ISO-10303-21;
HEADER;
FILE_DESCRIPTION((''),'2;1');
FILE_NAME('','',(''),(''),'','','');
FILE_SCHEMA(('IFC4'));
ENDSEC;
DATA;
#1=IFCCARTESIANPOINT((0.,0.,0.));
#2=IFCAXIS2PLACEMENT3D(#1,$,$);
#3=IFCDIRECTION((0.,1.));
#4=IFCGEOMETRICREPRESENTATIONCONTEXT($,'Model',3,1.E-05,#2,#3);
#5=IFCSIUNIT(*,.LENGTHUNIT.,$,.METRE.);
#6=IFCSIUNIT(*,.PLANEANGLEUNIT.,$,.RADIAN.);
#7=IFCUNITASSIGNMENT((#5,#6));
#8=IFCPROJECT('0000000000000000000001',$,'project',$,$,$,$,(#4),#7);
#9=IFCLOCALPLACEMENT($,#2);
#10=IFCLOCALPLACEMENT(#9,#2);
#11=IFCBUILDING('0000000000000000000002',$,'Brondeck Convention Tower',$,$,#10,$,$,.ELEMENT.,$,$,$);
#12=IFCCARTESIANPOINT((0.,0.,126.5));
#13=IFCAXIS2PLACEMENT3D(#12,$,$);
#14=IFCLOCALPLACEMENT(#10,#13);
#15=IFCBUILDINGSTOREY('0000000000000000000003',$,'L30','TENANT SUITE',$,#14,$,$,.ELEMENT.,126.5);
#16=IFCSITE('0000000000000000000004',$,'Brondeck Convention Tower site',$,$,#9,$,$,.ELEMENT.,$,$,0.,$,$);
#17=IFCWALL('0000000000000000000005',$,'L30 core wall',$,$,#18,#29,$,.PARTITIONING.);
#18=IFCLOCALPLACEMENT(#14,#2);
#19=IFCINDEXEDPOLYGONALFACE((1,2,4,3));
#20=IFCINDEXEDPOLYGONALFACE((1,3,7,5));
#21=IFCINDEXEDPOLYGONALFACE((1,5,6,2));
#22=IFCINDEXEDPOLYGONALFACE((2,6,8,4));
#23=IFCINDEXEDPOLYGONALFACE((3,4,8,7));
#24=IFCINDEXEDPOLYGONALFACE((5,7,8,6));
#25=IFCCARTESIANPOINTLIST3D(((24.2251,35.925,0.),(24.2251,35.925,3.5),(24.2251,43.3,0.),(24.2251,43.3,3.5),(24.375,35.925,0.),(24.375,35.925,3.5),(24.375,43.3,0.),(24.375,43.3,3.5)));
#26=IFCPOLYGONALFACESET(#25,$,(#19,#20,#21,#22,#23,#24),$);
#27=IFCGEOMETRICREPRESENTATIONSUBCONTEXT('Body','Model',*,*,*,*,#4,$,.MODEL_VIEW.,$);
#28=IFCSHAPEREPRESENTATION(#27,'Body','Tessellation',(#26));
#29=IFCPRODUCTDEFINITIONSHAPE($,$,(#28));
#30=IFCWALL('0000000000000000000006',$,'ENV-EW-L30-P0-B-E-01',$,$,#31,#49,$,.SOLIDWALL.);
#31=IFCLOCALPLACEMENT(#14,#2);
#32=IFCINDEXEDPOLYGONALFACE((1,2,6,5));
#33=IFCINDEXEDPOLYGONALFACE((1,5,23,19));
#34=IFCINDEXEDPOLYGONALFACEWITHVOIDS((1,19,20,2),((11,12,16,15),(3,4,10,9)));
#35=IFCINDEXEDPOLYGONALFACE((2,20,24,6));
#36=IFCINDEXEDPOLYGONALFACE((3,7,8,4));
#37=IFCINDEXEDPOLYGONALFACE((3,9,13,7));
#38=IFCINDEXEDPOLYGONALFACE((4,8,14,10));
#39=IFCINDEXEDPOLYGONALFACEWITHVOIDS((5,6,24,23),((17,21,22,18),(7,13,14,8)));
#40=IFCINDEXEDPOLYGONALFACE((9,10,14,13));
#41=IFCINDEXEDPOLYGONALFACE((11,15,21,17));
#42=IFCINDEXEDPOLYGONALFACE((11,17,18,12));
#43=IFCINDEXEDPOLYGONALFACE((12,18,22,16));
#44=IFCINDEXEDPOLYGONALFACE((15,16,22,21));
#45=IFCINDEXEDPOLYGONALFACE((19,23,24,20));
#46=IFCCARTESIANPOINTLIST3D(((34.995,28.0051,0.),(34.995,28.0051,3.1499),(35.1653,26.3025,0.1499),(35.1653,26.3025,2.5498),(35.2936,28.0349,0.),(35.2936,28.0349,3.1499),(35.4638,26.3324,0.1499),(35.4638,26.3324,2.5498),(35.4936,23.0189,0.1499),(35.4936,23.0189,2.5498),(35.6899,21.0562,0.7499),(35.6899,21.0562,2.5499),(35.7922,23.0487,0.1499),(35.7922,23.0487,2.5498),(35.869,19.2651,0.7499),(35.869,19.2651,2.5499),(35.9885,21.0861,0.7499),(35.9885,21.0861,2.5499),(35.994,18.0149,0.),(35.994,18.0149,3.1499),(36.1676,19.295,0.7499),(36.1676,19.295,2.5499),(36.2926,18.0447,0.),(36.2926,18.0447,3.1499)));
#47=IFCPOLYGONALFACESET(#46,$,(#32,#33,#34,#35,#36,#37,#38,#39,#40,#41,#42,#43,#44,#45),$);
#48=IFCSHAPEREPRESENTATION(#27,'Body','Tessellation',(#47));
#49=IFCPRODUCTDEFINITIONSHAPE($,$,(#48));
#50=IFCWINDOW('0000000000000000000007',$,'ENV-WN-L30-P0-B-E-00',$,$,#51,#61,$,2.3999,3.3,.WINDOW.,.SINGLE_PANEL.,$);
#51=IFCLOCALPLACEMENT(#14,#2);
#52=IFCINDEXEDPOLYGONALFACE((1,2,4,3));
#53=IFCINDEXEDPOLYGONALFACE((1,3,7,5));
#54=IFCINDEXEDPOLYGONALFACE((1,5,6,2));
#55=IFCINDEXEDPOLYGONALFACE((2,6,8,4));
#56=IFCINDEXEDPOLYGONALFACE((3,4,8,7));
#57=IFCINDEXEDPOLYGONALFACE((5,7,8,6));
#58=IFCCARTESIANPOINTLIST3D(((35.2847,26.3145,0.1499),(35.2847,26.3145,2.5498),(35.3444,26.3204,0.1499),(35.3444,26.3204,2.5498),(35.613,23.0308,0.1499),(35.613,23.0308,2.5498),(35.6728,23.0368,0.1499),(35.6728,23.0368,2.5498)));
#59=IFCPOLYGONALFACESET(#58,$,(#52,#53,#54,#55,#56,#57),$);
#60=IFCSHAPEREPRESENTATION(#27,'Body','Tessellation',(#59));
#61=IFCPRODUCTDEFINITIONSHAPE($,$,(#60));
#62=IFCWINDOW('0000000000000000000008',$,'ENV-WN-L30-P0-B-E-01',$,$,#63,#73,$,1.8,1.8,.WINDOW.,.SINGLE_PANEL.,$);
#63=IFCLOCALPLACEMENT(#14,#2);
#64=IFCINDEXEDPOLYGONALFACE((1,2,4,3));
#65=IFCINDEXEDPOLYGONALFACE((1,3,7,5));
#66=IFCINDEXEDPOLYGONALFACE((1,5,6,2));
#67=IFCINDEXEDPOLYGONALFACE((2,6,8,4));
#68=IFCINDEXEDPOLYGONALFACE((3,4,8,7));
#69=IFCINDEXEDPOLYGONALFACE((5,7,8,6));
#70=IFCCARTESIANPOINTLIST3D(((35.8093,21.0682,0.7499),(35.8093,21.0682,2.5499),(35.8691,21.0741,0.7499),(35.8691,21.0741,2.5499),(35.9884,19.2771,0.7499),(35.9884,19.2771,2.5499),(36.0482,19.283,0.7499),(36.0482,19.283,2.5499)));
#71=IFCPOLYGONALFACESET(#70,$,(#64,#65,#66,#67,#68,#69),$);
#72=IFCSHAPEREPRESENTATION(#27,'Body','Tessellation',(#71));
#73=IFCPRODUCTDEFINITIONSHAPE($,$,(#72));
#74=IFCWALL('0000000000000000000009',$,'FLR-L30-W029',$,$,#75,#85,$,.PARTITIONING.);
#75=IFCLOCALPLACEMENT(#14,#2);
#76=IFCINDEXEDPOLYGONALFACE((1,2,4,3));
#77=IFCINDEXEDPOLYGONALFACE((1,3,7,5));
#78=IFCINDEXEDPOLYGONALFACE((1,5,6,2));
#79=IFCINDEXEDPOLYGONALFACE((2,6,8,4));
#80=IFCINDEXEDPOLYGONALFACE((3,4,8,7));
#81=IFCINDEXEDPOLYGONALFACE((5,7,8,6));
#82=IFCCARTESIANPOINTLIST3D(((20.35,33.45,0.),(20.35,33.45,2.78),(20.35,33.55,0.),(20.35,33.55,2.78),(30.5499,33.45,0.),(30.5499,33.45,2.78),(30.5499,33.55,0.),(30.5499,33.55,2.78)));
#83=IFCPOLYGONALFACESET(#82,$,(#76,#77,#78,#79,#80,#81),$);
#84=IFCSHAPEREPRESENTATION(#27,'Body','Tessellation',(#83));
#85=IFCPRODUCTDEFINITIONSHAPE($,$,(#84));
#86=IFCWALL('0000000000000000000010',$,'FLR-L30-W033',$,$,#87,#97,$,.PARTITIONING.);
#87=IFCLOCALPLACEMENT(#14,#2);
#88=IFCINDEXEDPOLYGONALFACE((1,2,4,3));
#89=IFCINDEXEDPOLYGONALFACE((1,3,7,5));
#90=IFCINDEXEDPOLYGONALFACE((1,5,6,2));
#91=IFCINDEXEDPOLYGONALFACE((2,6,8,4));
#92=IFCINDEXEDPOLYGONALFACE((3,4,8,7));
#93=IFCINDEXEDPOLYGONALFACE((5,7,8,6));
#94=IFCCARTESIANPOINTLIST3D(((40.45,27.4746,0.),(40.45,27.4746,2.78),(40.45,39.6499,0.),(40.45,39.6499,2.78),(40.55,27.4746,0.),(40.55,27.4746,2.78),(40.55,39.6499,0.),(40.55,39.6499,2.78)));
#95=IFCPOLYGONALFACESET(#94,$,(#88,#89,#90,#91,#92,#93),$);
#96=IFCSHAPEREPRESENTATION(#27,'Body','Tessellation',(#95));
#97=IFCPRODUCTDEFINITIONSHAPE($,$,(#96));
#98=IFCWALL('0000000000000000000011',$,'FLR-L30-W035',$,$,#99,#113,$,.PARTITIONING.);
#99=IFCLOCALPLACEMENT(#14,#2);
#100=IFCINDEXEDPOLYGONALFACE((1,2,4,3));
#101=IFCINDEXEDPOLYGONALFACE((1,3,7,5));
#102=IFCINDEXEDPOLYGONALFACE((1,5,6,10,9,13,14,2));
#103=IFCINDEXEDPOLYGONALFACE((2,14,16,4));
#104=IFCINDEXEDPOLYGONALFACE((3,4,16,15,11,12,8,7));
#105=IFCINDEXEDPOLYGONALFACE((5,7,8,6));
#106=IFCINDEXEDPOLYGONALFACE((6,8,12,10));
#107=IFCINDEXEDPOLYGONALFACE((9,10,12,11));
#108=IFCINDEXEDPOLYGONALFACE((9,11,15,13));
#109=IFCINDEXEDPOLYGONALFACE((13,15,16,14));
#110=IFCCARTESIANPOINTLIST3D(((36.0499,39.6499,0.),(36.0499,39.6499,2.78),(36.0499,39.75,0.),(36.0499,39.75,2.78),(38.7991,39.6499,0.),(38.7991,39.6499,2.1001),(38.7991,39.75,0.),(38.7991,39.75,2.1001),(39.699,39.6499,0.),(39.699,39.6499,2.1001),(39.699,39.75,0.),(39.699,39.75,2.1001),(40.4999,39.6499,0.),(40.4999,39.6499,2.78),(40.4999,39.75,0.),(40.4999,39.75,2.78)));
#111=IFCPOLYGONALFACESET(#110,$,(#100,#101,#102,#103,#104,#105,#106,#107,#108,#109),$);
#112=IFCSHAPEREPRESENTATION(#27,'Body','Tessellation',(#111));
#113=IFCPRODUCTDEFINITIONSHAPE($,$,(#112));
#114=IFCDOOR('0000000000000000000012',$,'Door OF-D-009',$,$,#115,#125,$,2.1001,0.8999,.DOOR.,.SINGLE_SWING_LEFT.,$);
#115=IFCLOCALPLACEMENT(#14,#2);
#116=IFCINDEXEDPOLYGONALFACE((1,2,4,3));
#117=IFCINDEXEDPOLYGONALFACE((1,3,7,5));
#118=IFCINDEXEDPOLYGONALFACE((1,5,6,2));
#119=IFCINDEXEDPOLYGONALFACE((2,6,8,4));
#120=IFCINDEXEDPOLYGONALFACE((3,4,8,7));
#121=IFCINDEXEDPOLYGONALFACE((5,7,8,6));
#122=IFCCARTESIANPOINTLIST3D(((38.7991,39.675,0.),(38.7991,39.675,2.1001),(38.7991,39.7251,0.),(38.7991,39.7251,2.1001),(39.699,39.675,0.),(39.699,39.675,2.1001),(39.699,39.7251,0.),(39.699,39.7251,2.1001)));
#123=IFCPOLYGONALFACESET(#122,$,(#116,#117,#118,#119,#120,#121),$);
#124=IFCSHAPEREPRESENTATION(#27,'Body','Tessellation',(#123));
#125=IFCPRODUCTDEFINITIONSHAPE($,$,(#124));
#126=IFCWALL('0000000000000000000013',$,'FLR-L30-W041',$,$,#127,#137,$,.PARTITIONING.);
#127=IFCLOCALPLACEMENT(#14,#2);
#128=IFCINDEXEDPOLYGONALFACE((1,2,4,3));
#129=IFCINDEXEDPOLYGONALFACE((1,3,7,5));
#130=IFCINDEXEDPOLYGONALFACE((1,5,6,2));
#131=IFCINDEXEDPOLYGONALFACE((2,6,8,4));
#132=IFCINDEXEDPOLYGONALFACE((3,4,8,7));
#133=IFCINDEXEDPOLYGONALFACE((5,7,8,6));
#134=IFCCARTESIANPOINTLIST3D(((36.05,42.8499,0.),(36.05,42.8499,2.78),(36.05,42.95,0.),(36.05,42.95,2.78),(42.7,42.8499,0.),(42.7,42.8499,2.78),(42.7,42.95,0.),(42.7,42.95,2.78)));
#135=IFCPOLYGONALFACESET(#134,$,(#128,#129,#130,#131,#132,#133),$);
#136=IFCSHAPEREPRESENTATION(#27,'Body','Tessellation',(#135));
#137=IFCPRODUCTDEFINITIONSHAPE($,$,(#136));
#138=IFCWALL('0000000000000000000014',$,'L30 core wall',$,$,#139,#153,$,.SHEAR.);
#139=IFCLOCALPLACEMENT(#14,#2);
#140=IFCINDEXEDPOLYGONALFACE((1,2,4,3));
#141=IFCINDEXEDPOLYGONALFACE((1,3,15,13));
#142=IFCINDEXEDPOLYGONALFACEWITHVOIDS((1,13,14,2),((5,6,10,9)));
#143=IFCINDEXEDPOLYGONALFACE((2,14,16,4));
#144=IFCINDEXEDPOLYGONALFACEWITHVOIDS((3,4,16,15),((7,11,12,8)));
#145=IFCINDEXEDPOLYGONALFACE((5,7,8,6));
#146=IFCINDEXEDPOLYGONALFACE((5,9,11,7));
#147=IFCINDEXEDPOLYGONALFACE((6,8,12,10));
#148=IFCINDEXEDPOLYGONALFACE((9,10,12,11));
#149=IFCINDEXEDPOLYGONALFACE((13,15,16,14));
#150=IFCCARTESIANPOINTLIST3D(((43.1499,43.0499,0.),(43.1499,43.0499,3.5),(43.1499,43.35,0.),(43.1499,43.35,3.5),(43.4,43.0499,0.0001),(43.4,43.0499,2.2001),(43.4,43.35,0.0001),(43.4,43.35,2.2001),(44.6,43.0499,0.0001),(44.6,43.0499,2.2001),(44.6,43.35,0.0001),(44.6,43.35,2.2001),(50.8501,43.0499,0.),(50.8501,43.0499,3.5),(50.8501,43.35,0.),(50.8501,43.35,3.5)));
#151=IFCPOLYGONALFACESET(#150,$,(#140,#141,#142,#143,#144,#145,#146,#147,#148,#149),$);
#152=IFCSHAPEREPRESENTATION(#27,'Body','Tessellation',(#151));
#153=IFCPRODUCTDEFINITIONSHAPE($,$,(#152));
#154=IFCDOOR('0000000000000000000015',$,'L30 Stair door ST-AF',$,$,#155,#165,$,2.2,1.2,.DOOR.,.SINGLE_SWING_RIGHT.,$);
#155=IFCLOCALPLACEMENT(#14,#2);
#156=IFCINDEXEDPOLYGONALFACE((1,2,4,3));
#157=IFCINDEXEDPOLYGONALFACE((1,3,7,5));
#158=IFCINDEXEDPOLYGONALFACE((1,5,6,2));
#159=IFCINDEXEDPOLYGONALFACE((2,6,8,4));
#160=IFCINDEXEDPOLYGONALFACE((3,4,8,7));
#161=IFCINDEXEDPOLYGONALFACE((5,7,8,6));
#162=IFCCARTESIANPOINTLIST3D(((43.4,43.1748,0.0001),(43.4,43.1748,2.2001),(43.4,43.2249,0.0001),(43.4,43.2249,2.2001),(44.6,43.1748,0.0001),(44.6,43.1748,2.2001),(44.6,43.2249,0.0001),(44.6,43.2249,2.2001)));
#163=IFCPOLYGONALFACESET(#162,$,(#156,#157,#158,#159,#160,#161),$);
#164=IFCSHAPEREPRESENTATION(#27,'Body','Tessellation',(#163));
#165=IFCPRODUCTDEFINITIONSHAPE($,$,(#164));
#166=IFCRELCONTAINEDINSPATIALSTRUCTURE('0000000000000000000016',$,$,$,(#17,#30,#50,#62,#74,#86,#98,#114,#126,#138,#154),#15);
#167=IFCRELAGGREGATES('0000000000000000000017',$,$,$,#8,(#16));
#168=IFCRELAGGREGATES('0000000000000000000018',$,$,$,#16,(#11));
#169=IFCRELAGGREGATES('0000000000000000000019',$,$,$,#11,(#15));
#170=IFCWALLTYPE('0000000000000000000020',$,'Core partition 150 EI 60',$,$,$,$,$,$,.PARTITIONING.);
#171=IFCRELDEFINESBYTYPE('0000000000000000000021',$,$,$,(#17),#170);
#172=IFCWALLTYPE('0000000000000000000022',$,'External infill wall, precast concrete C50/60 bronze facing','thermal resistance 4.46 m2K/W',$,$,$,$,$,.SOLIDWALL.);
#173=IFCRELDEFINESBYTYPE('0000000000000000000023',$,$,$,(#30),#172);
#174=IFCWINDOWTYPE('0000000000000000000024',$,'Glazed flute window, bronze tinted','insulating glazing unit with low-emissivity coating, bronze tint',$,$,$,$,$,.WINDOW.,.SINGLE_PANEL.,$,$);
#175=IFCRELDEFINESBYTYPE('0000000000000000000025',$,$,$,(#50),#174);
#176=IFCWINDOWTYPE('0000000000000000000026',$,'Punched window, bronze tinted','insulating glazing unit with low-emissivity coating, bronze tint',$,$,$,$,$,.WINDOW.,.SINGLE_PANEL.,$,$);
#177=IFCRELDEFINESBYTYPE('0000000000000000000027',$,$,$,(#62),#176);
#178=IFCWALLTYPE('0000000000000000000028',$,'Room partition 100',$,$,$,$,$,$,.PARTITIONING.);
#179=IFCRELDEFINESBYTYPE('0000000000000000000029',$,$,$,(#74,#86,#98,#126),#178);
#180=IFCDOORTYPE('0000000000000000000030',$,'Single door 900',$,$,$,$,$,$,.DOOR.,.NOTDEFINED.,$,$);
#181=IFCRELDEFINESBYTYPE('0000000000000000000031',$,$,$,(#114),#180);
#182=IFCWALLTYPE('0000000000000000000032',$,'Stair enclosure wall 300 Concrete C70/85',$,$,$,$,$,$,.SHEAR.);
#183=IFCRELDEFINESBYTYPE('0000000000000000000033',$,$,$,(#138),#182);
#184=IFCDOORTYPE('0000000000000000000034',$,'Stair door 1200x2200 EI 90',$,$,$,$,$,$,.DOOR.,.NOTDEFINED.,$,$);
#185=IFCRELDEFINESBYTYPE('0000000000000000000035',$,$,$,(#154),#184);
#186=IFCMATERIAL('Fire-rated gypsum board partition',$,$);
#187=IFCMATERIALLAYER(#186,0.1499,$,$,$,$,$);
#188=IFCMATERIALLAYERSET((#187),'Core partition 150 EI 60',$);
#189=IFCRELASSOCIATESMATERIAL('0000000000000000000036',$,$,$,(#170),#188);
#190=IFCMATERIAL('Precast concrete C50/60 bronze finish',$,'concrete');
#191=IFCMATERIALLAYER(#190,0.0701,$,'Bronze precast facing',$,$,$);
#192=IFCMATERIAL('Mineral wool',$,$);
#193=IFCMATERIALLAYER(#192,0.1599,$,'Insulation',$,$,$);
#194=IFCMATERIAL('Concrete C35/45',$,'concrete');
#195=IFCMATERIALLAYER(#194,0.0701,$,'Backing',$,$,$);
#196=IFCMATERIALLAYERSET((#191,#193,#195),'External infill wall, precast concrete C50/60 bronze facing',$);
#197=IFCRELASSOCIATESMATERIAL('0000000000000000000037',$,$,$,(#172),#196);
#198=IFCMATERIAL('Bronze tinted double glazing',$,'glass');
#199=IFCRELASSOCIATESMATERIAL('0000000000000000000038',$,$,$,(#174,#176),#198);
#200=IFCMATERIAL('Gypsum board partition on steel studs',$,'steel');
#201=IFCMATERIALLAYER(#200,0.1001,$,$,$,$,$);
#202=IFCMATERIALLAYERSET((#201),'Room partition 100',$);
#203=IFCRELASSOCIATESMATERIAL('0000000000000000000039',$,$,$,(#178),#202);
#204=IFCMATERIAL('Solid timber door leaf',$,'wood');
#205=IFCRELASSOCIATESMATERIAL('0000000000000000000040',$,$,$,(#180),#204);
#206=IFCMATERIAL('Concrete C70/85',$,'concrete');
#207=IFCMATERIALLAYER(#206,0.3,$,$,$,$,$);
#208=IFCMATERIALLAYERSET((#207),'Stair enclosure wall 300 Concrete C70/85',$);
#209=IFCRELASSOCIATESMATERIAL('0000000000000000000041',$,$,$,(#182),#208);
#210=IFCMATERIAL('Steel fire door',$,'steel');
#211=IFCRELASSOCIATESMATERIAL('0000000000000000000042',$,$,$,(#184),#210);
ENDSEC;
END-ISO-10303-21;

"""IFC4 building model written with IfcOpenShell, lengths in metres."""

from ifc_helpers import new_model, si_unit, direction, frame, frame_2d, origin, place, context, subcontext, project, spatial, rectangle, extrude, material, layer, layer_set, type_object, element, fill, save


model = new_model("IFC4")

# Units and contexts
model_context = context("Model", 3, precision=1e-05, world=origin(), true_north=direction((0.0, 1.0)))
body_context = subcontext(model_context, "Body", "Model", "MODEL_VIEW")
ifc_project = project(units=[si_unit("LENGTHUNIT", "METRE"), si_unit("PLANEANGLEUNIT", "RADIAN")], contexts=[model_context])

# Site, building, storey
site_placement = place(None, origin())
site = spatial("IfcSite", under=ifc_project, at=site_placement, Name="Brondeck Convention Tower site", CompositionType="ELEMENT", RefElevation=0.0)
building_placement = place(site_placement, origin())
building = spatial("IfcBuilding", under=site, at=building_placement, Name="Brondeck Convention Tower", CompositionType="ELEMENT")
storey_placement = place(building_placement, frame((0.0, 0.0, 126.5)))
storey = spatial("IfcBuildingStorey", under=building, at=storey_placement, Name="L30", Description="TENANT SUITE", CompositionType="ELEMENT", Elevation=126.5)

# Shared definitions
ifc_material_1 = material(Name="Concrete C70/85", Category="concrete")

# Wall
ifc_material_2 = material(Name="Fire-rated gypsum board partition")
ifc_layer_1 = layer(ifc_material_2, 0.1499)
ifc_layer_set_1 = layer_set([ifc_layer_1], Name="Core partition 150 EI 60")
wall_type_1 = type_object("IfcWallType", Name="Core partition 150 EI 60", PredefinedType="PARTITIONING", material=ifc_layer_set_1)
wall_1_placement = place(storey_placement, frame((24.3, 35.925, 0.0), z_axis=(0.0, 0.0, 1.0), x_axis=(0.0, 1.0, 0.0)))
element("IfcWall", 1, at=wall_1_placement, inside=storey, type_object=wall_type_1, Name="L30 core wall", PredefinedType="PARTITIONING", context=body_context, shape_type="SweptSolid", body=[
    extrude(rectangle(XDim=7.375, YDim=0.1499, at=frame_2d((3.6875, 0.0))), origin(), (0.0, 0.0, 1.0), 3.5),
])

# Wall, openings, windows
ifc_material_3 = material(Name="Precast concrete C50/60 bronze finish", Category="concrete")
ifc_layer_2 = layer(ifc_material_3, 0.0701, Name="Bronze precast facing")
ifc_material_4 = material(Name="Mineral wool")
ifc_layer_3 = layer(ifc_material_4, 0.1599, Name="Insulation")
ifc_material_5 = material(Name="Concrete C35/45", Category="concrete")
ifc_layer_4 = layer(ifc_material_5, 0.0701, Name="Backing")
ifc_layer_set_2 = layer_set([ifc_layer_2, ifc_layer_3, ifc_layer_4], Name="External infill wall, precast concrete C50/60 bronze facing")
wall_type_2 = type_object("IfcWallType", Name="External infill wall, precast concrete C50/60 bronze facing", Description="thermal resistance 4.46 m2K/W", PredefinedType="SOLIDWALL", material=ifc_layer_set_2)
wall_2_placement = place(storey_placement, frame((35.1443, 28.02, 0.0), z_axis=(0.0, 0.0, 1.0), x_axis=(0.099504, -0.995037, 0.0)))
wall_2 = element("IfcWall", 2, at=wall_2_placement, inside=storey, type_object=wall_type_2, Name="ENV-EW-L30-P0-B-E-01", PredefinedType="SOLIDWALL", context=body_context, shape_type="SweptSolid", body=[
    extrude(rectangle(XDim=10.04, YDim=0.3, at=frame_2d((5.02, 0.0))), origin(), (0.0, 0.0, 1.0), 3.1499),
])
opening_1_placement = place(wall_2_placement, frame((1.7112, 0.0, 0.1499)))
opening_1 = element("IfcOpeningElement", 3, at=opening_1_placement, cuts=wall_2, PredefinedType="OPENING", context=body_context, shape_type="SweptSolid", body=[
    extrude(rectangle(XDim=3.3, YDim=2.3999, at=frame_2d((1.6499, 1.2))), frame((0.0, 0.1599, 0.0), z_axis=(0.0, -1.0, 0.0), x_axis=(1.0, 0.0, 0.0)), (0.0, 0.0, 1.0), 0.3201),
])
opening_2_placement = place(wall_2_placement, frame((6.9836, 0.0, 0.75)))
opening_2 = element("IfcOpeningElement", 4, at=opening_2_placement, cuts=wall_2, PredefinedType="OPENING", context=body_context, shape_type="SweptSolid", body=[
    extrude(rectangle(XDim=1.8, YDim=1.8, at=frame_2d((0.8999, 0.8999))), frame((0.0, 0.1599, 0.0), z_axis=(0.0, -1.0, 0.0), x_axis=(1.0, 0.0, 0.0)), (0.0, 0.0, 1.0), 0.3201),
])
ifc_material_6 = material(Name="Bronze tinted double glazing", Category="glass")
window_type_1 = type_object("IfcWindowType", Name="Glazed flute window, bronze tinted", Description="insulating glazing unit with low-emissivity coating, bronze tint", PartitioningType="SINGLE_PANEL", PredefinedType="WINDOW", material=ifc_material_6)
window_1_placement = place(opening_1_placement, origin())
window_1 = element("IfcWindow", 5, at=window_1_placement, inside=storey, type_object=window_type_1, Name="ENV-WN-L30-P0-B-E-00", OverallHeight=2.3999, OverallWidth=3.3, PartitioningType="SINGLE_PANEL", PredefinedType="WINDOW", context=body_context, shape_type="SweptSolid", body=[
    extrude(rectangle(XDim=3.3, YDim=2.3999, at=frame_2d((1.6499, 1.2))), frame((0.0, 0.03, 0.0), z_axis=(0.0, -1.0, 0.0), x_axis=(1.0, 0.0, 0.0)), (0.0, 0.0, 1.0), 0.0601),
])
fill(opening_1, window_1)
window_type_2 = type_object("IfcWindowType", Name="Punched window, bronze tinted", Description="insulating glazing unit with low-emissivity coating, bronze tint", PartitioningType="SINGLE_PANEL", PredefinedType="WINDOW", material=ifc_material_6)
window_2_placement = place(opening_2_placement, origin())
window_2 = element("IfcWindow", 6, at=window_2_placement, inside=storey, type_object=window_type_2, Name="ENV-WN-L30-P0-B-E-01", OverallHeight=1.8, OverallWidth=1.8, PartitioningType="SINGLE_PANEL", PredefinedType="WINDOW", context=body_context, shape_type="SweptSolid", body=[
    extrude(rectangle(XDim=1.8, YDim=1.8, at=frame_2d((0.8999, 0.8999))), frame((0.0, 0.03, 0.0), z_axis=(0.0, -1.0, 0.0), x_axis=(1.0, 0.0, 0.0)), (0.0, 0.0, 1.0), 0.0601),
])
fill(opening_2, window_2)

# Walls
ifc_material_7 = material(Name="Gypsum board partition on steel studs", Category="steel")
ifc_layer_5 = layer(ifc_material_7, 0.1001)
ifc_layer_set_3 = layer_set([ifc_layer_5], Name="Room partition 100")
wall_type_3 = type_object("IfcWallType", Name="Room partition 100", PredefinedType="PARTITIONING", material=ifc_layer_set_3)
wall_3_placement = place(storey_placement, frame((30.55, 33.5, 0.0), z_axis=(0.0, 0.0, 1.0), x_axis=(-1.0, 0.0, 0.0)))
element("IfcWall", 7, at=wall_3_placement, inside=storey, type_object=wall_type_3, Name="FLR-L30-W029", PredefinedType="PARTITIONING", context=body_context, shape_type="SweptSolid", body=[
    extrude(rectangle(XDim=10.2, YDim=0.1001, at=frame_2d((5.1001, 0.0))), origin(), (0.0, 0.0, 1.0), 2.78),
])
wall_4_placement = place(storey_placement, frame((40.5, 39.6499, 0.0), z_axis=(0.0, 0.0, 1.0), x_axis=(0.0, -1.0, 0.0)))
element("IfcWall", 8, at=wall_4_placement, inside=storey, type_object=wall_type_3, Name="FLR-L30-W033", PredefinedType="PARTITIONING", context=body_context, shape_type="SweptSolid", body=[
    extrude(rectangle(XDim=12.1753, YDim=0.1001, at=frame_2d((6.0876, 0.0))), origin(), (0.0, 0.0, 1.0), 2.78),
])

# Wall, opening, door
wall_5_placement = place(storey_placement, frame((40.5, 39.7, 0.0), z_axis=(0.0, 0.0, 1.0), x_axis=(-1.0, 0.0, 0.0)))
wall_5 = element("IfcWall", 9, at=wall_5_placement, inside=storey, type_object=wall_type_3, Name="FLR-L30-W035", PredefinedType="PARTITIONING", context=body_context, shape_type="SweptSolid", body=[
    extrude(rectangle(XDim=4.45, YDim=0.1001, at=frame_2d((2.2251, 0.0))), origin(), (0.0, 0.0, 1.0), 2.78),
])
opening_3_placement = place(wall_5_placement, frame((0.801, 0.0, 0.0)))
opening_3 = element("IfcOpeningElement", 10, at=opening_3_placement, cuts=wall_5, PredefinedType="OPENING", context=body_context, shape_type="SweptSolid", body=[
    extrude(rectangle(XDim=0.8999, YDim=2.1001, at=frame_2d((0.45, 1.05))), frame((0.0, 0.0601, 0.0), z_axis=(0.0, -1.0, 0.0), x_axis=(1.0, 0.0, 0.0)), (0.0, 0.0, 1.0), 0.1201),
])
ifc_material_8 = material(Name="Solid timber door leaf", Category="wood")
door_type_1 = type_object("IfcDoorType", Name="Single door 900", OperationType="NOTDEFINED", PredefinedType="DOOR", material=ifc_material_8)
door_1_placement = place(opening_3_placement, origin())
door_1 = element("IfcDoor", 11, at=door_1_placement, inside=storey, type_object=door_type_1, Name="Door OF-D-009", OperationType="SINGLE_SWING_LEFT", OverallHeight=2.1001, OverallWidth=0.8999, PredefinedType="DOOR", context=body_context, shape_type="SweptSolid", body=[
    extrude(rectangle(XDim=0.8999, YDim=2.1001, at=frame_2d((0.45, 1.05))), frame((0.0, 0.0249, 0.0), z_axis=(0.0, -1.0, 0.0), x_axis=(1.0, 0.0, 0.0)), (0.0, 0.0, 1.0), 0.05),
])
fill(opening_3, door_1)

# Wall
wall_6_placement = place(storey_placement, frame((36.05, 42.8999, 0.0), z_axis=(0.0, 0.0, 1.0), x_axis=(1.0, 0.0, 0.0)))
element("IfcWall", 12, at=wall_6_placement, inside=storey, type_object=wall_type_3, Name="FLR-L30-W041", PredefinedType="PARTITIONING", context=body_context, shape_type="SweptSolid", body=[
    extrude(rectangle(XDim=6.6499, YDim=0.1001, at=frame_2d((3.325, 0.0))), origin(), (0.0, 0.0, 1.0), 2.78),
])

# Wall, opening, door
ifc_layer_6 = layer(ifc_material_1, 0.3)
ifc_layer_set_4 = layer_set([ifc_layer_6], Name="Stair enclosure wall 300 Concrete C70/85")
wall_type_4 = type_object("IfcWallType", Name="Stair enclosure wall 300 Concrete C70/85", PredefinedType="SHEAR", material=ifc_layer_set_4)
wall_7_placement = place(storey_placement, frame((43.1499, 43.2, 0.0), z_axis=(0.0, 0.0, 1.0), x_axis=(1.0, 0.0, 0.0)))
wall_7 = element("IfcWall", 13, at=wall_7_placement, inside=storey, type_object=wall_type_4, Name="L30 core wall", PredefinedType="SHEAR", context=body_context, shape_type="SweptSolid", body=[
    extrude(rectangle(XDim=7.7002, YDim=0.3, at=frame_2d((3.8501, 0.0))), origin(), (0.0, 0.0, 1.0), 3.5),
])
opening_4_placement = place(wall_7_placement, frame((0.25, 0.0, 0.0)))
opening_4 = element("IfcOpeningElement", 14, at=opening_4_placement, cuts=wall_7, PredefinedType="OPENING", context=body_context, shape_type="SweptSolid", body=[
    extrude(rectangle(XDim=1.2, YDim=2.2, at=frame_2d((0.6001, 1.1001))), frame((0.0, 0.1599, 0.0), z_axis=(0.0, -1.0, 0.0), x_axis=(1.0, 0.0, 0.0)), (0.0, 0.0, 1.0), 0.3201),
])
ifc_material_9 = material(Name="Steel fire door", Category="steel")
door_type_2 = type_object("IfcDoorType", Name="Stair door 1200x2200 EI 90", OperationType="NOTDEFINED", PredefinedType="DOOR", material=ifc_material_9)
door_2_placement = place(opening_4_placement, origin())
door_2 = element("IfcDoor", 15, at=door_2_placement, inside=storey, type_object=door_type_2, Name="L30 Stair door ST-AF", OperationType="SINGLE_SWING_RIGHT", OverallHeight=2.2, OverallWidth=1.2, PredefinedType="DOOR", context=body_context, shape_type="SweptSolid", body=[
    extrude(rectangle(XDim=1.2, YDim=2.2, at=frame_2d((0.6001, 1.1001))), frame((0.0, 0.0249, 0.0), z_axis=(0.0, -1.0, 0.0), x_axis=(1.0, 0.0, 0.0)), (0.0, 0.0, 1.0), 0.05),
])
fill(opening_4, door_2)

save(model, "model.ifc")
